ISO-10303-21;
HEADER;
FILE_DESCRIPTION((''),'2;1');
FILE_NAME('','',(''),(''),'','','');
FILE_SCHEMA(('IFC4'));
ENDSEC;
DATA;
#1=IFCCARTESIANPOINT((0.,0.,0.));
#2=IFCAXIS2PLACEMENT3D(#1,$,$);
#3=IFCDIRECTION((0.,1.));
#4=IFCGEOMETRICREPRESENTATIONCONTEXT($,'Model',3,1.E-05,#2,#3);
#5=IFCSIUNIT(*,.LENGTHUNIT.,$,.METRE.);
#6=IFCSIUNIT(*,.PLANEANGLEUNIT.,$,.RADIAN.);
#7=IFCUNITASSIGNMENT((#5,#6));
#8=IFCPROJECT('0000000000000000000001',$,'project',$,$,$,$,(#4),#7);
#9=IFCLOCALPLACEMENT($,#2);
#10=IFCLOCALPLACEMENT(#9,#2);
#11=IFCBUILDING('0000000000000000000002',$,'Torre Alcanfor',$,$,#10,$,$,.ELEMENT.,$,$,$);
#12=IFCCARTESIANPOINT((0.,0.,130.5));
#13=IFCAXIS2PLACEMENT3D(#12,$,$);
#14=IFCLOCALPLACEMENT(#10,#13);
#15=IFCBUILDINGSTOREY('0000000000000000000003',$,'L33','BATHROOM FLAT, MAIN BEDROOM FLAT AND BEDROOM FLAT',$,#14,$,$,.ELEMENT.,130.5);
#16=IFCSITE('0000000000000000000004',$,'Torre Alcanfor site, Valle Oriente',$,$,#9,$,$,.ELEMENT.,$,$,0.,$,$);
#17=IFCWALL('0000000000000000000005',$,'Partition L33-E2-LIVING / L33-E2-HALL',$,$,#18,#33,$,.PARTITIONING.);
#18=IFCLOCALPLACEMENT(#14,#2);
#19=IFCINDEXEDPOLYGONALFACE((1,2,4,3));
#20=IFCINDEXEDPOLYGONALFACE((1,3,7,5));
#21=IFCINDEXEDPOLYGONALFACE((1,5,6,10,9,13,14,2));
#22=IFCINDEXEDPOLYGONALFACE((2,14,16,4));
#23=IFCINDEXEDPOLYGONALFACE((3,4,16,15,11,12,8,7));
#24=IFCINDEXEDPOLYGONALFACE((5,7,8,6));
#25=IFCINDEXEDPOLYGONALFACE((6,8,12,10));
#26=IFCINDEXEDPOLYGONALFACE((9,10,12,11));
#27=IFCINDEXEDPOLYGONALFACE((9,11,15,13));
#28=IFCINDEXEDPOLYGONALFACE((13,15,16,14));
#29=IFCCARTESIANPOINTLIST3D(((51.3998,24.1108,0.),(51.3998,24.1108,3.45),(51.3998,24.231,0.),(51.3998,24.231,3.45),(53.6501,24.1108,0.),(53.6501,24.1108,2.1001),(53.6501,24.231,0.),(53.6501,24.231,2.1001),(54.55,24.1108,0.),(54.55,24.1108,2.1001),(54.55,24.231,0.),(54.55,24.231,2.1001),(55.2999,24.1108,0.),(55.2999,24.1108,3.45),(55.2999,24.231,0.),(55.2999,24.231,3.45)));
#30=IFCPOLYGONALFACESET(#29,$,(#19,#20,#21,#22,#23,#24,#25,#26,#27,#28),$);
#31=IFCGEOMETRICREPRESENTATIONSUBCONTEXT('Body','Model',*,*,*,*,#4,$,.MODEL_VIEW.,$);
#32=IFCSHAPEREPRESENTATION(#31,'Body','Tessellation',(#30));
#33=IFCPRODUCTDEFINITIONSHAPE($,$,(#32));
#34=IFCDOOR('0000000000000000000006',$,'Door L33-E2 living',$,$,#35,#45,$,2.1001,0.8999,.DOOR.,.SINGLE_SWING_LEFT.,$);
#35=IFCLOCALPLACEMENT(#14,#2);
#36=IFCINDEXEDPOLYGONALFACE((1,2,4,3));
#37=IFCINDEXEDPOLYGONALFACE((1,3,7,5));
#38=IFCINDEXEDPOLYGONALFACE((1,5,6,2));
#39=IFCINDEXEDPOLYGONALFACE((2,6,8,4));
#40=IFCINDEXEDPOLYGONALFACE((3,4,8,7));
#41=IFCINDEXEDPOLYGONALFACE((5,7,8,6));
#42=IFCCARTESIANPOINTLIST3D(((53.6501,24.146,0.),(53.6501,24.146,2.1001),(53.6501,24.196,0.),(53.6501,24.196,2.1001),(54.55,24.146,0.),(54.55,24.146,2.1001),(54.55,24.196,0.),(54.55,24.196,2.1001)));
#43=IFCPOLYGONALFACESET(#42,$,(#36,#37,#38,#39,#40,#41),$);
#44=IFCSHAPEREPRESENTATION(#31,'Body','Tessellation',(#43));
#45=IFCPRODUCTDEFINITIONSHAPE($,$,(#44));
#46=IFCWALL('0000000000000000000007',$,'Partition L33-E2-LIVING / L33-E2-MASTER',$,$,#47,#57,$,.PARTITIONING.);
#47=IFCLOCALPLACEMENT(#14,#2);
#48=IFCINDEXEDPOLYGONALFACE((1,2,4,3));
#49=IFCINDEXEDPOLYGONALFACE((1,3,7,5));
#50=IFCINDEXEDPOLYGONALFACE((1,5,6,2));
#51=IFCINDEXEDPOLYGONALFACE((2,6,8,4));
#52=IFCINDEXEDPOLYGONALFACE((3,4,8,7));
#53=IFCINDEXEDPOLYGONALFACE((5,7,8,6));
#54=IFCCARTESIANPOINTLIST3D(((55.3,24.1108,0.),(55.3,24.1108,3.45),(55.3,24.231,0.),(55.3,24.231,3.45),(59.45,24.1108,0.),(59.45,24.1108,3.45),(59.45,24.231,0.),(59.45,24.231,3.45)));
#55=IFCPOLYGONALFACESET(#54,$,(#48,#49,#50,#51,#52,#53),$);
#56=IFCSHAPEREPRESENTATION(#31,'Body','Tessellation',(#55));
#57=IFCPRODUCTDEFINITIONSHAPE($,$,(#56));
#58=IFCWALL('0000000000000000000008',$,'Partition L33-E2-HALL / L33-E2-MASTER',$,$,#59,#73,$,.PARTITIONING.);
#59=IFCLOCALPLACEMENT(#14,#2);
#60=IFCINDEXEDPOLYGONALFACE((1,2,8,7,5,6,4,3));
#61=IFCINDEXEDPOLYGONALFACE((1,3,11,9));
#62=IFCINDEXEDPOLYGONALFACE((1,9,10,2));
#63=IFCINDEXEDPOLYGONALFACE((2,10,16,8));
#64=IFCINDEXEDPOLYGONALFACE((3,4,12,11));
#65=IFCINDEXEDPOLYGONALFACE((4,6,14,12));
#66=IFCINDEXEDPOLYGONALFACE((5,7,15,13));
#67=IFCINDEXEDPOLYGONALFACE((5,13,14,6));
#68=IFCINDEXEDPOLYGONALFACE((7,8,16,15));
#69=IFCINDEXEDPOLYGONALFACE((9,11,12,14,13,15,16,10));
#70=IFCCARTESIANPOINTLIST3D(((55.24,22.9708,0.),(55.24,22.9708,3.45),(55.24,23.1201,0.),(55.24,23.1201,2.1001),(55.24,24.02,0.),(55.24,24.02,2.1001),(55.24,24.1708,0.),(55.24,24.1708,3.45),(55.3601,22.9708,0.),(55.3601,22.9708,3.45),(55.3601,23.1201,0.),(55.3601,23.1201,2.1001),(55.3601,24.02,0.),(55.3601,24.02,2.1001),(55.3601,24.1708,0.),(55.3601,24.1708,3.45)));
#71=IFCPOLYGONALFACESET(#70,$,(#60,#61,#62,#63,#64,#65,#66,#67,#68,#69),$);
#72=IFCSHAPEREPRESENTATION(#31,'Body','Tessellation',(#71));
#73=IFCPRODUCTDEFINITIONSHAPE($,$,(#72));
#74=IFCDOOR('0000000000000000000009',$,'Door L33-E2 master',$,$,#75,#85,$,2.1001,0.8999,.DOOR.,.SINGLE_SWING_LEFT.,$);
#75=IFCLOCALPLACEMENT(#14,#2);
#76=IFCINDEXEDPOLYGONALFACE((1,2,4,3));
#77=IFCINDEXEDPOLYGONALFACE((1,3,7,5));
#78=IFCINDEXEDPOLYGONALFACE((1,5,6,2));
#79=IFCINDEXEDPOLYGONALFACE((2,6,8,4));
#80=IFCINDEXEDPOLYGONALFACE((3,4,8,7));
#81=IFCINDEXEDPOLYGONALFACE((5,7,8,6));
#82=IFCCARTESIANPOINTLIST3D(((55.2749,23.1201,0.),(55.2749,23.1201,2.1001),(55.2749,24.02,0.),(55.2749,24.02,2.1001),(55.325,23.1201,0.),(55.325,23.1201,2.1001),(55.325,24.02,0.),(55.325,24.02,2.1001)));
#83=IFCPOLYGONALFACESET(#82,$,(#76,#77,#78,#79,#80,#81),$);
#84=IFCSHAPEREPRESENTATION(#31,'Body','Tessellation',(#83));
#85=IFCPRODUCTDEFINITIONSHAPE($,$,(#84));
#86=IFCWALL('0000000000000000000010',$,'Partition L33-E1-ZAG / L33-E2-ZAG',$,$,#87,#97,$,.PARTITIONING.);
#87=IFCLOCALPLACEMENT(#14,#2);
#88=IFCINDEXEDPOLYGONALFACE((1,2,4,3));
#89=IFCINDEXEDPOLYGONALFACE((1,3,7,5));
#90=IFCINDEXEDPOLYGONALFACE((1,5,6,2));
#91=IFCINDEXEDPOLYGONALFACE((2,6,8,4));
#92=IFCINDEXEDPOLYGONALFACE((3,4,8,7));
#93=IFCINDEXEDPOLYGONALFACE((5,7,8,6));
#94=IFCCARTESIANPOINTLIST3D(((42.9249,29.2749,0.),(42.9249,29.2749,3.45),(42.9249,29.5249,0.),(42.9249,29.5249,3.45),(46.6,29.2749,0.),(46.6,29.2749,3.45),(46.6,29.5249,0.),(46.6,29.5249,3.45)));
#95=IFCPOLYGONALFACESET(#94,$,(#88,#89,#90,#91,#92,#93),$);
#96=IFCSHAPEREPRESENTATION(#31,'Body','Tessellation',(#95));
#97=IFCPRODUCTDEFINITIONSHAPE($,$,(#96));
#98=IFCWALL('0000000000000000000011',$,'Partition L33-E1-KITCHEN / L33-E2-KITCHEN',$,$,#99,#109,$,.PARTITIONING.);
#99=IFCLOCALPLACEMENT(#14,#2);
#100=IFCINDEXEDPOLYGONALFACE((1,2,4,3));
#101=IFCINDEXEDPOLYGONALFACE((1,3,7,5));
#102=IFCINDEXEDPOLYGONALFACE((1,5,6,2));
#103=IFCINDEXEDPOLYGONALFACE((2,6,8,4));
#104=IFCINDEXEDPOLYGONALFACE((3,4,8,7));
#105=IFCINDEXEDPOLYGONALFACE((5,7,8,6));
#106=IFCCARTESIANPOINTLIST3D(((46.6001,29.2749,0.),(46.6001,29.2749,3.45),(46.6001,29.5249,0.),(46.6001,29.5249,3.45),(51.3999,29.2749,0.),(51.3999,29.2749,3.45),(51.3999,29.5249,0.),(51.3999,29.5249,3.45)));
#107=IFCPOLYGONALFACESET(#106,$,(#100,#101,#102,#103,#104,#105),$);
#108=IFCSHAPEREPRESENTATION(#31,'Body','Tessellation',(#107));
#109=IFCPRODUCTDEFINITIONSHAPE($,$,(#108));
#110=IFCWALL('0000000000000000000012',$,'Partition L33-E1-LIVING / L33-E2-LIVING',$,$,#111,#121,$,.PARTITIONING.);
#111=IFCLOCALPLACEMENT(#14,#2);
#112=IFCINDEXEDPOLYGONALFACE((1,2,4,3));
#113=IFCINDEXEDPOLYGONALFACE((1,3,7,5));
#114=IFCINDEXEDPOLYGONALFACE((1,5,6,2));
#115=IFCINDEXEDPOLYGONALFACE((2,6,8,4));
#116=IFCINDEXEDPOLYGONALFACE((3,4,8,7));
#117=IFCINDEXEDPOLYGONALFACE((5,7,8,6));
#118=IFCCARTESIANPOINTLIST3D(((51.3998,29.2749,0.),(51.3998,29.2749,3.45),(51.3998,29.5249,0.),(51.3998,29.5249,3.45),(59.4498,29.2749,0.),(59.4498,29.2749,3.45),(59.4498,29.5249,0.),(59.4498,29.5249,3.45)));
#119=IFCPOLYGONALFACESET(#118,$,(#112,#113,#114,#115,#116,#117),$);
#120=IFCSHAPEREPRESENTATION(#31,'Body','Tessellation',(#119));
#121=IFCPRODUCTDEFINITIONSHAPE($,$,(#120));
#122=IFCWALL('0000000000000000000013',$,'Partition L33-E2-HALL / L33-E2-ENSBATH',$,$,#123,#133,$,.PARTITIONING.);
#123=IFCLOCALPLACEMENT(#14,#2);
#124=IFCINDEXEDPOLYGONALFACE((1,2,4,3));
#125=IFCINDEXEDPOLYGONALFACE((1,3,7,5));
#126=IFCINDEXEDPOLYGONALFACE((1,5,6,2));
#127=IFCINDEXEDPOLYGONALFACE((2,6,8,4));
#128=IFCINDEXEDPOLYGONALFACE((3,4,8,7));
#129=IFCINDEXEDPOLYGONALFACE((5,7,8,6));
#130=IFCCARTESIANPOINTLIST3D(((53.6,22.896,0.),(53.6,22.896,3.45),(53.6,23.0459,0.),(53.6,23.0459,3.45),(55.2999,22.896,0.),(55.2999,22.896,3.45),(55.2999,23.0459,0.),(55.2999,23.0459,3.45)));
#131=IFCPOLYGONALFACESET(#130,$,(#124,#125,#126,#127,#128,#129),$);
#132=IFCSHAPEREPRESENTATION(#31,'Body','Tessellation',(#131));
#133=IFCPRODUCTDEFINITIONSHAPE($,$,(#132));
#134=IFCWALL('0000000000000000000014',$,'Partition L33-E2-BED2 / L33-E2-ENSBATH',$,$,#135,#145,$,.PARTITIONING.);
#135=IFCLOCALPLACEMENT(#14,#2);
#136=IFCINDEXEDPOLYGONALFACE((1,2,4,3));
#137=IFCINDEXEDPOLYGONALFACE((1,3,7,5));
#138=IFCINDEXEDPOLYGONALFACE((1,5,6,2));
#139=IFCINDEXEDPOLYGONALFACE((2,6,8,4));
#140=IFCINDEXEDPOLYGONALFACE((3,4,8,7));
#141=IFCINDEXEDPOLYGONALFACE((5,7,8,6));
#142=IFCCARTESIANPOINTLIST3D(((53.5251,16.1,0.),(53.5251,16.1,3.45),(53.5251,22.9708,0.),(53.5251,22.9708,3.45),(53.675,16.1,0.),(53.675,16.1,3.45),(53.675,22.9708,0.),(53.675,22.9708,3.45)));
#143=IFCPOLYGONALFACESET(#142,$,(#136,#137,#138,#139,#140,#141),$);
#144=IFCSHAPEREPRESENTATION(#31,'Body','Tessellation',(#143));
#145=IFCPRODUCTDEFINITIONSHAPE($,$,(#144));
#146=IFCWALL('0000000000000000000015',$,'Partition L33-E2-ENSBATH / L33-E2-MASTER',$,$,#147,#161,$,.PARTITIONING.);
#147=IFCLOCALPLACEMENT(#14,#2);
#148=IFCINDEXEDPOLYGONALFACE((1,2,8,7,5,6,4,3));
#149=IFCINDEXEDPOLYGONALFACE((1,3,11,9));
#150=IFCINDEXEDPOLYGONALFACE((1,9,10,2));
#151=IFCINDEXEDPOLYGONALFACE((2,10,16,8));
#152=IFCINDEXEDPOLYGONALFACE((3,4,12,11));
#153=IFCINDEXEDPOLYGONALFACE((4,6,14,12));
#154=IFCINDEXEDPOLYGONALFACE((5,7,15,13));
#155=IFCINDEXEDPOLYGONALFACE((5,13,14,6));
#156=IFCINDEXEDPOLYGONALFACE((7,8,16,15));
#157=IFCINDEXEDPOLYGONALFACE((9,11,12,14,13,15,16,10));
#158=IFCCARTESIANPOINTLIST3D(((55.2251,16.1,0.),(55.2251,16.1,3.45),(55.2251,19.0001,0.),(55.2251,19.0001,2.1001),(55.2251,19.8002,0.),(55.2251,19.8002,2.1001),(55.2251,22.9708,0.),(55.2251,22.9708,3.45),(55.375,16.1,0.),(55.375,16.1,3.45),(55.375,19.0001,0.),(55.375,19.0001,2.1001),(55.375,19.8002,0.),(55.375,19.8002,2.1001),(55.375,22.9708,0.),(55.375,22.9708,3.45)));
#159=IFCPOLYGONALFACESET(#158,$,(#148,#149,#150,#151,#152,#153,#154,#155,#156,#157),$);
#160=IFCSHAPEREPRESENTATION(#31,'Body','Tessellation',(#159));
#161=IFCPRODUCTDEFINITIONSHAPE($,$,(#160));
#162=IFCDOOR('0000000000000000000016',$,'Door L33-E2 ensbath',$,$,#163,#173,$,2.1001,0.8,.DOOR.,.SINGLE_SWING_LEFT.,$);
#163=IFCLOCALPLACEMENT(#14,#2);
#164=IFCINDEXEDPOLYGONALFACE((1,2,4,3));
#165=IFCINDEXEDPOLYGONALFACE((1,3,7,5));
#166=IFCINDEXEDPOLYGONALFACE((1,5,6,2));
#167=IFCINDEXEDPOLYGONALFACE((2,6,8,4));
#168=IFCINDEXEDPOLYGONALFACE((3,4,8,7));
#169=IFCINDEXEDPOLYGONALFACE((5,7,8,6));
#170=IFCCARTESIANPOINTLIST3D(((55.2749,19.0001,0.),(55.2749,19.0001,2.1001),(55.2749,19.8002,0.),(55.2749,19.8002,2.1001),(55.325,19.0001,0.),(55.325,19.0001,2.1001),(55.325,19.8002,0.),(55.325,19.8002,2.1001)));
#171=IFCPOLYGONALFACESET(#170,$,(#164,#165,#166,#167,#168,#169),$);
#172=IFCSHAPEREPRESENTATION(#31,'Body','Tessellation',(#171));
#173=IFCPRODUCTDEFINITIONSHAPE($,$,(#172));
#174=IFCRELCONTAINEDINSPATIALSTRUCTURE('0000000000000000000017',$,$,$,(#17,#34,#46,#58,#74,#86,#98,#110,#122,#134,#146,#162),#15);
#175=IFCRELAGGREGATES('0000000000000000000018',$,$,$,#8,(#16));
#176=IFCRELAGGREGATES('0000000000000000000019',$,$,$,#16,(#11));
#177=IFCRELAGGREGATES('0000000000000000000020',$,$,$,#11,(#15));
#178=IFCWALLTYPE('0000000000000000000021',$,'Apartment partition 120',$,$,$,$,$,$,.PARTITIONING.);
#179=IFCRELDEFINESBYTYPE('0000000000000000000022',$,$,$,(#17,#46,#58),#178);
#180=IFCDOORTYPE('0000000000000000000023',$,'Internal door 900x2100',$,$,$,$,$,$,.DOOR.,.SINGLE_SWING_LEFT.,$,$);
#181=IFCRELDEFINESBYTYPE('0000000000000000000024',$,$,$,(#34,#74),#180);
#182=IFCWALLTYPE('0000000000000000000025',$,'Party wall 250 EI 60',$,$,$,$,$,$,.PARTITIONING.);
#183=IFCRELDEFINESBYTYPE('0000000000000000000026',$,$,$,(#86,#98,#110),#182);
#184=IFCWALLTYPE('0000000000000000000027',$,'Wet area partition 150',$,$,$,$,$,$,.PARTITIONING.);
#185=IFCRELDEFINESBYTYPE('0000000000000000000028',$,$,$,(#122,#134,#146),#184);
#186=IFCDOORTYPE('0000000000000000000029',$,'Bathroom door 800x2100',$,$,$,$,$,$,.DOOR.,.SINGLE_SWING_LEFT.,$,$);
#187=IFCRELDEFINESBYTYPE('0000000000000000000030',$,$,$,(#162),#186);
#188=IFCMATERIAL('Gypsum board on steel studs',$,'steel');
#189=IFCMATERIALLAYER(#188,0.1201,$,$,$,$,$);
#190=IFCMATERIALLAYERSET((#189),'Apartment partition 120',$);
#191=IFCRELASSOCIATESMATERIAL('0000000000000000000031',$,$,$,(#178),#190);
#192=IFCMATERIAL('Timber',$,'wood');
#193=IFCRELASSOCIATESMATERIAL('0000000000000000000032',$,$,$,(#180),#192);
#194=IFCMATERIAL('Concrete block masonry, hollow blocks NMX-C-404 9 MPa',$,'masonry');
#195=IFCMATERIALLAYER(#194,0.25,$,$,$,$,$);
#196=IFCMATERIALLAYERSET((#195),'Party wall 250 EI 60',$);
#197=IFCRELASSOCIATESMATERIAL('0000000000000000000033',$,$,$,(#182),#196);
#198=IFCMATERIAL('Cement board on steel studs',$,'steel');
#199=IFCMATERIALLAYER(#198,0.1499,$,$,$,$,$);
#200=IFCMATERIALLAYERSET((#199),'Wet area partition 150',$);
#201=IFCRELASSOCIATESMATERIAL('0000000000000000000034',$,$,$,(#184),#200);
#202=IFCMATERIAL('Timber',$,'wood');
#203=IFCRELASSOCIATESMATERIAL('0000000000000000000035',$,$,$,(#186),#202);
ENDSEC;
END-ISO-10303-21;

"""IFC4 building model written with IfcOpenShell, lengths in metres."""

from ifc_helpers import new_model, si_unit, direction, frame, frame_2d, origin, place, context, subcontext, project, spatial, rectangle, extrude, material, layer, layer_set, type_object, element, fill, save


model = new_model("IFC4")

# Units and contexts
model_context = context("Model", 3, precision=1e-05, world=origin(), true_north=direction((0.0, 1.0)))
body_context = subcontext(model_context, "Body", "Model", "MODEL_VIEW")
ifc_project = project(units=[si_unit("LENGTHUNIT", "METRE"), si_unit("PLANEANGLEUNIT", "RADIAN")], contexts=[model_context])

# Site, building, storey
site_placement = place(None, origin())
site = spatial("IfcSite", under=ifc_project, at=site_placement, Name="Torre Alcanfor site, Valle Oriente", CompositionType="ELEMENT", RefElevation=0.0)
building_placement = place(site_placement, origin())
building = spatial("IfcBuilding", under=site, at=building_placement, Name="Torre Alcanfor", CompositionType="ELEMENT")
storey_placement = place(building_placement, frame((0.0, 0.0, 130.5)))
storey = spatial("IfcBuildingStorey", under=building, at=storey_placement, Name="L33", Description="BATHROOM FLAT, MAIN BEDROOM FLAT AND BEDROOM FLAT", CompositionType="ELEMENT", Elevation=130.5)

# Shared definitions
ifc_material_1 = material(Name="Gypsum board on steel studs", Category="steel")
ifc_layer_1 = layer(ifc_material_1, 0.1201)
ifc_layer_set_1 = layer_set([ifc_layer_1], Name="Apartment partition 120")
wall_type_1 = type_object("IfcWallType", Name="Apartment partition 120", PredefinedType="PARTITIONING", material=ifc_layer_set_1)
ifc_material_2 = material(Name="Timber", Category="wood")
door_type_1 = type_object("IfcDoorType", Name="Internal door 900x2100", OperationType="SINGLE_SWING_LEFT", PredefinedType="DOOR", material=ifc_material_2)

# Wall, opening, door
wall_1_placement = place(storey_placement, frame((55.3, 24.1709, 0.0), z_axis=(0.0, 0.0, 1.0), x_axis=(-1.0, 0.0, 0.0)))
wall_1 = element("IfcWall", 1, at=wall_1_placement, inside=storey, type_object=wall_type_1, Name="Partition L33-E2-LIVING / L33-E2-HALL", PredefinedType="PARTITIONING", context=body_context, shape_type="SweptSolid", body=[
    extrude(rectangle(XDim=3.9001, YDim=0.1201, at=frame_2d((1.9502, 0.0))), origin(), (0.0, 0.0, 1.0), 3.45),
])
opening_1_placement = place(wall_1_placement, frame((0.75, 0.0, 0.0)))
opening_1 = element("IfcOpeningElement", 2, at=opening_1_placement, cuts=wall_1, PredefinedType="OPENING", context=body_context, shape_type="SweptSolid", body=[
    extrude(rectangle(XDim=0.8999, YDim=2.1001, at=frame_2d((0.45, 1.05))), frame((0.0, 0.0701, 0.0), z_axis=(0.0, -1.0, 0.0), x_axis=(1.0, 0.0, 0.0)), (0.0, 0.0, 1.0), 0.1401),
])
door_1_placement = place(opening_1_placement, frame((0.8999, 0.0, 0.0), z_axis=(0.0, 0.0, 1.0), x_axis=(-1.0, 0.0, 0.0)))
door_1 = element("IfcDoor", 3, at=door_1_placement, inside=storey, type_object=door_type_1, Name="Door L33-E2 living", OperationType="SINGLE_SWING_LEFT", OverallHeight=2.1001, OverallWidth=0.8999, PredefinedType="DOOR", context=body_context, shape_type="SweptSolid", body=[
    extrude(rectangle(XDim=0.8999, YDim=2.1001, at=frame_2d((0.45, 1.05))), frame((0.0, 0.0251, 0.0), z_axis=(0.0, -1.0, 0.0), x_axis=(1.0, 0.0, 0.0)), (0.0, 0.0, 1.0), 0.05),
])
fill(opening_1, door_1)

# Wall
wall_2_placement = place(storey_placement, frame((59.45, 24.1709, 0.0), z_axis=(0.0, 0.0, 1.0), x_axis=(-1.0, 0.0, 0.0)))
element("IfcWall", 4, at=wall_2_placement, inside=storey, type_object=wall_type_1, Name="Partition L33-E2-LIVING / L33-E2-MASTER", PredefinedType="PARTITIONING", context=body_context, shape_type="SweptSolid", body=[
    extrude(rectangle(XDim=4.1499, YDim=0.1201, at=frame_2d((2.075, 0.0))), origin(), (0.0, 0.0, 1.0), 3.45),
])

# Wall, opening, door
wall_3_placement = place(storey_placement, frame((55.3, 24.1709, 0.0), z_axis=(0.0, 0.0, 1.0), x_axis=(0.0, -1.0, 0.0)))
wall_3 = element("IfcWall", 5, at=wall_3_placement, inside=storey, type_object=wall_type_1, Name="Partition L33-E2-HALL / L33-E2-MASTER", PredefinedType="PARTITIONING", context=body_context, shape_type="SweptSolid", body=[
    extrude(rectangle(XDim=1.2, YDim=0.1201, at=frame_2d((0.6001, 0.0))), origin(), (0.0, 0.0, 1.0), 3.45),
])
opening_2_placement = place(wall_3_placement, frame((0.1509, 0.0, 0.0)))
opening_2 = element("IfcOpeningElement", 6, at=opening_2_placement, cuts=wall_3, PredefinedType="OPENING", context=body_context, shape_type="SweptSolid", body=[
    extrude(rectangle(XDim=0.8999, YDim=2.1001, at=frame_2d((0.45, 1.05))), frame((0.0, 0.0701, 0.0), z_axis=(0.0, -1.0, 0.0), x_axis=(1.0, 0.0, 0.0)), (0.0, 0.0, 1.0), 0.1401),
])
door_2_placement = place(opening_2_placement, origin())
door_2 = element("IfcDoor", 7, at=door_2_placement, inside=storey, type_object=door_type_1, Name="Door L33-E2 master", OperationType="SINGLE_SWING_LEFT", OverallHeight=2.1001, OverallWidth=0.8999, PredefinedType="DOOR", context=body_context, shape_type="SweptSolid", body=[
    extrude(rectangle(XDim=0.8999, YDim=2.1001, at=frame_2d((0.45, 1.05))), frame((0.0, 0.0249, 0.0), z_axis=(0.0, -1.0, 0.0), x_axis=(1.0, 0.0, 0.0)), (0.0, 0.0, 1.0), 0.05),
])
fill(opening_2, door_2)

# Walls
ifc_material_3 = material(Name="Concrete block masonry, hollow blocks NMX-C-404 9 MPa", Category="masonry")
ifc_layer_2 = layer(ifc_material_3, 0.25)
ifc_layer_set_2 = layer_set([ifc_layer_2], Name="Party wall 250 EI 60")
wall_type_2 = type_object("IfcWallType", Name="Party wall 250 EI 60", PredefinedType="PARTITIONING", material=ifc_layer_set_2)
wall_4_placement = place(storey_placement, frame((42.925, 29.3999, 0.0), z_axis=(0.0, 0.0, 1.0), x_axis=(1.0, 0.0, 0.0)))
element("IfcWall", 8, at=wall_4_placement, inside=storey, type_object=wall_type_2, Name="Partition L33-E1-ZAG / L33-E2-ZAG", PredefinedType="PARTITIONING", context=body_context, shape_type="SweptSolid", body=[
    extrude(rectangle(XDim=3.675, YDim=0.25, at=frame_2d((1.8374, 0.0))), origin(), (0.0, 0.0, 1.0), 3.45),
])
wall_5_placement = place(storey_placement, frame((46.6001, 29.3999, 0.0), z_axis=(0.0, 0.0, 1.0), x_axis=(1.0, 0.0, 0.0)))
element("IfcWall", 9, at=wall_5_placement, inside=storey, type_object=wall_type_2, Name="Partition L33-E1-KITCHEN / L33-E2-KITCHEN", PredefinedType="PARTITIONING", context=body_context, shape_type="SweptSolid", body=[
    extrude(rectangle(XDim=4.7998, YDim=0.25, at=frame_2d((2.3999, 0.0))), origin(), (0.0, 0.0, 1.0), 3.45),
])
wall_6_placement = place(storey_placement, frame((51.3999, 29.3999, 0.0), z_axis=(0.0, 0.0, 1.0), x_axis=(1.0, 0.0, 0.0)))
element("IfcWall", 10, at=wall_6_placement, inside=storey, type_object=wall_type_2, Name="Partition L33-E1-LIVING / L33-E2-LIVING", PredefinedType="PARTITIONING", context=body_context, shape_type="SweptSolid", body=[
    extrude(rectangle(XDim=8.05, YDim=0.25, at=frame_2d((4.0249, 0.0))), origin(), (0.0, 0.0, 1.0), 3.45),
])
ifc_material_4 = material(Name="Cement board on steel studs", Category="steel")
ifc_layer_3 = layer(ifc_material_4, 0.1499)
ifc_layer_set_3 = layer_set([ifc_layer_3], Name="Wet area partition 150")
wall_type_3 = type_object("IfcWallType", Name="Wet area partition 150", PredefinedType="PARTITIONING", material=ifc_layer_set_3)
wall_7_placement = place(storey_placement, frame((55.3, 22.9709, 0.0), z_axis=(0.0, 0.0, 1.0), x_axis=(-1.0, 0.0, 0.0)))
element("IfcWall", 11, at=wall_7_placement, inside=storey, type_object=wall_type_3, Name="Partition L33-E2-HALL / L33-E2-ENSBATH", PredefinedType="PARTITIONING", context=body_context, shape_type="SweptSolid", body=[
    extrude(rectangle(XDim=1.7, YDim=0.1499, at=frame_2d((0.8501, 0.0))), origin(), (0.0, 0.0, 1.0), 3.45),
])
wall_8_placement = place(storey_placement, frame((53.6001, 22.9709, 0.0), z_axis=(0.0, 0.0, 1.0), x_axis=(0.0, -1.0, 0.0)))
element("IfcWall", 12, at=wall_8_placement, inside=storey, type_object=wall_type_3, Name="Partition L33-E2-BED2 / L33-E2-ENSBATH", PredefinedType="PARTITIONING", context=body_context, shape_type="SweptSolid", body=[
    extrude(rectangle(XDim=6.8708, YDim=0.1499, at=frame_2d((3.4355, 0.0))), origin(), (0.0, 0.0, 1.0), 3.45),
])

# Wall, opening, door
wall_9_placement = place(storey_placement, frame((55.3, 22.9709, 0.0), z_axis=(0.0, 0.0, 1.0), x_axis=(0.0, -1.0, 0.0)))
wall_9 = element("IfcWall", 13, at=wall_9_placement, inside=storey, type_object=wall_type_3, Name="Partition L33-E2-ENSBATH / L33-E2-MASTER", PredefinedType="PARTITIONING", context=body_context, shape_type="SweptSolid", body=[
    extrude(rectangle(XDim=6.8708, YDim=0.1499, at=frame_2d((3.4355, 0.0))), origin(), (0.0, 0.0, 1.0), 3.45),
])
opening_3_placement = place(wall_9_placement, frame((3.1709, 0.0, 0.0)))
opening_3 = element("IfcOpeningElement", 14, at=opening_3_placement, cuts=wall_9, PredefinedType="OPENING", context=body_context, shape_type="SweptSolid", body=[
    extrude(rectangle(XDim=0.8, YDim=2.1001, at=frame_2d((0.3999, 1.05))), frame((0.0, 0.085, 0.0), z_axis=(0.0, -1.0, 0.0), x_axis=(1.0, 0.0, 0.0)), (0.0, 0.0, 1.0), 0.1699),
])
ifc_material_5 = material(Name="Timber", Category="wood")
door_type_2 = type_object("IfcDoorType", Name="Bathroom door 800x2100", OperationType="SINGLE_SWING_LEFT", PredefinedType="DOOR", material=ifc_material_5)
door_3_placement = place(opening_3_placement, frame((0.8, 0.0, 0.0), z_axis=(0.0, 0.0, 1.0), x_axis=(-1.0, 0.0, 0.0)))
door_3 = element("IfcDoor", 15, at=door_3_placement, inside=storey, type_object=door_type_2, Name="Door L33-E2 ensbath", OperationType="SINGLE_SWING_LEFT", OverallHeight=2.1001, OverallWidth=0.8, PredefinedType="DOOR", context=body_context, shape_type="SweptSolid", body=[
    extrude(rectangle(XDim=0.8, YDim=2.1001, at=frame_2d((0.4001, 1.05))), frame((0.0, 0.0251, 0.0), z_axis=(0.0, -1.0, 0.0), x_axis=(1.0, 0.0, 0.0)), (0.0, 0.0, 1.0), 0.05),
])
fill(opening_3, door_3)

save(model, "model.ifc")
